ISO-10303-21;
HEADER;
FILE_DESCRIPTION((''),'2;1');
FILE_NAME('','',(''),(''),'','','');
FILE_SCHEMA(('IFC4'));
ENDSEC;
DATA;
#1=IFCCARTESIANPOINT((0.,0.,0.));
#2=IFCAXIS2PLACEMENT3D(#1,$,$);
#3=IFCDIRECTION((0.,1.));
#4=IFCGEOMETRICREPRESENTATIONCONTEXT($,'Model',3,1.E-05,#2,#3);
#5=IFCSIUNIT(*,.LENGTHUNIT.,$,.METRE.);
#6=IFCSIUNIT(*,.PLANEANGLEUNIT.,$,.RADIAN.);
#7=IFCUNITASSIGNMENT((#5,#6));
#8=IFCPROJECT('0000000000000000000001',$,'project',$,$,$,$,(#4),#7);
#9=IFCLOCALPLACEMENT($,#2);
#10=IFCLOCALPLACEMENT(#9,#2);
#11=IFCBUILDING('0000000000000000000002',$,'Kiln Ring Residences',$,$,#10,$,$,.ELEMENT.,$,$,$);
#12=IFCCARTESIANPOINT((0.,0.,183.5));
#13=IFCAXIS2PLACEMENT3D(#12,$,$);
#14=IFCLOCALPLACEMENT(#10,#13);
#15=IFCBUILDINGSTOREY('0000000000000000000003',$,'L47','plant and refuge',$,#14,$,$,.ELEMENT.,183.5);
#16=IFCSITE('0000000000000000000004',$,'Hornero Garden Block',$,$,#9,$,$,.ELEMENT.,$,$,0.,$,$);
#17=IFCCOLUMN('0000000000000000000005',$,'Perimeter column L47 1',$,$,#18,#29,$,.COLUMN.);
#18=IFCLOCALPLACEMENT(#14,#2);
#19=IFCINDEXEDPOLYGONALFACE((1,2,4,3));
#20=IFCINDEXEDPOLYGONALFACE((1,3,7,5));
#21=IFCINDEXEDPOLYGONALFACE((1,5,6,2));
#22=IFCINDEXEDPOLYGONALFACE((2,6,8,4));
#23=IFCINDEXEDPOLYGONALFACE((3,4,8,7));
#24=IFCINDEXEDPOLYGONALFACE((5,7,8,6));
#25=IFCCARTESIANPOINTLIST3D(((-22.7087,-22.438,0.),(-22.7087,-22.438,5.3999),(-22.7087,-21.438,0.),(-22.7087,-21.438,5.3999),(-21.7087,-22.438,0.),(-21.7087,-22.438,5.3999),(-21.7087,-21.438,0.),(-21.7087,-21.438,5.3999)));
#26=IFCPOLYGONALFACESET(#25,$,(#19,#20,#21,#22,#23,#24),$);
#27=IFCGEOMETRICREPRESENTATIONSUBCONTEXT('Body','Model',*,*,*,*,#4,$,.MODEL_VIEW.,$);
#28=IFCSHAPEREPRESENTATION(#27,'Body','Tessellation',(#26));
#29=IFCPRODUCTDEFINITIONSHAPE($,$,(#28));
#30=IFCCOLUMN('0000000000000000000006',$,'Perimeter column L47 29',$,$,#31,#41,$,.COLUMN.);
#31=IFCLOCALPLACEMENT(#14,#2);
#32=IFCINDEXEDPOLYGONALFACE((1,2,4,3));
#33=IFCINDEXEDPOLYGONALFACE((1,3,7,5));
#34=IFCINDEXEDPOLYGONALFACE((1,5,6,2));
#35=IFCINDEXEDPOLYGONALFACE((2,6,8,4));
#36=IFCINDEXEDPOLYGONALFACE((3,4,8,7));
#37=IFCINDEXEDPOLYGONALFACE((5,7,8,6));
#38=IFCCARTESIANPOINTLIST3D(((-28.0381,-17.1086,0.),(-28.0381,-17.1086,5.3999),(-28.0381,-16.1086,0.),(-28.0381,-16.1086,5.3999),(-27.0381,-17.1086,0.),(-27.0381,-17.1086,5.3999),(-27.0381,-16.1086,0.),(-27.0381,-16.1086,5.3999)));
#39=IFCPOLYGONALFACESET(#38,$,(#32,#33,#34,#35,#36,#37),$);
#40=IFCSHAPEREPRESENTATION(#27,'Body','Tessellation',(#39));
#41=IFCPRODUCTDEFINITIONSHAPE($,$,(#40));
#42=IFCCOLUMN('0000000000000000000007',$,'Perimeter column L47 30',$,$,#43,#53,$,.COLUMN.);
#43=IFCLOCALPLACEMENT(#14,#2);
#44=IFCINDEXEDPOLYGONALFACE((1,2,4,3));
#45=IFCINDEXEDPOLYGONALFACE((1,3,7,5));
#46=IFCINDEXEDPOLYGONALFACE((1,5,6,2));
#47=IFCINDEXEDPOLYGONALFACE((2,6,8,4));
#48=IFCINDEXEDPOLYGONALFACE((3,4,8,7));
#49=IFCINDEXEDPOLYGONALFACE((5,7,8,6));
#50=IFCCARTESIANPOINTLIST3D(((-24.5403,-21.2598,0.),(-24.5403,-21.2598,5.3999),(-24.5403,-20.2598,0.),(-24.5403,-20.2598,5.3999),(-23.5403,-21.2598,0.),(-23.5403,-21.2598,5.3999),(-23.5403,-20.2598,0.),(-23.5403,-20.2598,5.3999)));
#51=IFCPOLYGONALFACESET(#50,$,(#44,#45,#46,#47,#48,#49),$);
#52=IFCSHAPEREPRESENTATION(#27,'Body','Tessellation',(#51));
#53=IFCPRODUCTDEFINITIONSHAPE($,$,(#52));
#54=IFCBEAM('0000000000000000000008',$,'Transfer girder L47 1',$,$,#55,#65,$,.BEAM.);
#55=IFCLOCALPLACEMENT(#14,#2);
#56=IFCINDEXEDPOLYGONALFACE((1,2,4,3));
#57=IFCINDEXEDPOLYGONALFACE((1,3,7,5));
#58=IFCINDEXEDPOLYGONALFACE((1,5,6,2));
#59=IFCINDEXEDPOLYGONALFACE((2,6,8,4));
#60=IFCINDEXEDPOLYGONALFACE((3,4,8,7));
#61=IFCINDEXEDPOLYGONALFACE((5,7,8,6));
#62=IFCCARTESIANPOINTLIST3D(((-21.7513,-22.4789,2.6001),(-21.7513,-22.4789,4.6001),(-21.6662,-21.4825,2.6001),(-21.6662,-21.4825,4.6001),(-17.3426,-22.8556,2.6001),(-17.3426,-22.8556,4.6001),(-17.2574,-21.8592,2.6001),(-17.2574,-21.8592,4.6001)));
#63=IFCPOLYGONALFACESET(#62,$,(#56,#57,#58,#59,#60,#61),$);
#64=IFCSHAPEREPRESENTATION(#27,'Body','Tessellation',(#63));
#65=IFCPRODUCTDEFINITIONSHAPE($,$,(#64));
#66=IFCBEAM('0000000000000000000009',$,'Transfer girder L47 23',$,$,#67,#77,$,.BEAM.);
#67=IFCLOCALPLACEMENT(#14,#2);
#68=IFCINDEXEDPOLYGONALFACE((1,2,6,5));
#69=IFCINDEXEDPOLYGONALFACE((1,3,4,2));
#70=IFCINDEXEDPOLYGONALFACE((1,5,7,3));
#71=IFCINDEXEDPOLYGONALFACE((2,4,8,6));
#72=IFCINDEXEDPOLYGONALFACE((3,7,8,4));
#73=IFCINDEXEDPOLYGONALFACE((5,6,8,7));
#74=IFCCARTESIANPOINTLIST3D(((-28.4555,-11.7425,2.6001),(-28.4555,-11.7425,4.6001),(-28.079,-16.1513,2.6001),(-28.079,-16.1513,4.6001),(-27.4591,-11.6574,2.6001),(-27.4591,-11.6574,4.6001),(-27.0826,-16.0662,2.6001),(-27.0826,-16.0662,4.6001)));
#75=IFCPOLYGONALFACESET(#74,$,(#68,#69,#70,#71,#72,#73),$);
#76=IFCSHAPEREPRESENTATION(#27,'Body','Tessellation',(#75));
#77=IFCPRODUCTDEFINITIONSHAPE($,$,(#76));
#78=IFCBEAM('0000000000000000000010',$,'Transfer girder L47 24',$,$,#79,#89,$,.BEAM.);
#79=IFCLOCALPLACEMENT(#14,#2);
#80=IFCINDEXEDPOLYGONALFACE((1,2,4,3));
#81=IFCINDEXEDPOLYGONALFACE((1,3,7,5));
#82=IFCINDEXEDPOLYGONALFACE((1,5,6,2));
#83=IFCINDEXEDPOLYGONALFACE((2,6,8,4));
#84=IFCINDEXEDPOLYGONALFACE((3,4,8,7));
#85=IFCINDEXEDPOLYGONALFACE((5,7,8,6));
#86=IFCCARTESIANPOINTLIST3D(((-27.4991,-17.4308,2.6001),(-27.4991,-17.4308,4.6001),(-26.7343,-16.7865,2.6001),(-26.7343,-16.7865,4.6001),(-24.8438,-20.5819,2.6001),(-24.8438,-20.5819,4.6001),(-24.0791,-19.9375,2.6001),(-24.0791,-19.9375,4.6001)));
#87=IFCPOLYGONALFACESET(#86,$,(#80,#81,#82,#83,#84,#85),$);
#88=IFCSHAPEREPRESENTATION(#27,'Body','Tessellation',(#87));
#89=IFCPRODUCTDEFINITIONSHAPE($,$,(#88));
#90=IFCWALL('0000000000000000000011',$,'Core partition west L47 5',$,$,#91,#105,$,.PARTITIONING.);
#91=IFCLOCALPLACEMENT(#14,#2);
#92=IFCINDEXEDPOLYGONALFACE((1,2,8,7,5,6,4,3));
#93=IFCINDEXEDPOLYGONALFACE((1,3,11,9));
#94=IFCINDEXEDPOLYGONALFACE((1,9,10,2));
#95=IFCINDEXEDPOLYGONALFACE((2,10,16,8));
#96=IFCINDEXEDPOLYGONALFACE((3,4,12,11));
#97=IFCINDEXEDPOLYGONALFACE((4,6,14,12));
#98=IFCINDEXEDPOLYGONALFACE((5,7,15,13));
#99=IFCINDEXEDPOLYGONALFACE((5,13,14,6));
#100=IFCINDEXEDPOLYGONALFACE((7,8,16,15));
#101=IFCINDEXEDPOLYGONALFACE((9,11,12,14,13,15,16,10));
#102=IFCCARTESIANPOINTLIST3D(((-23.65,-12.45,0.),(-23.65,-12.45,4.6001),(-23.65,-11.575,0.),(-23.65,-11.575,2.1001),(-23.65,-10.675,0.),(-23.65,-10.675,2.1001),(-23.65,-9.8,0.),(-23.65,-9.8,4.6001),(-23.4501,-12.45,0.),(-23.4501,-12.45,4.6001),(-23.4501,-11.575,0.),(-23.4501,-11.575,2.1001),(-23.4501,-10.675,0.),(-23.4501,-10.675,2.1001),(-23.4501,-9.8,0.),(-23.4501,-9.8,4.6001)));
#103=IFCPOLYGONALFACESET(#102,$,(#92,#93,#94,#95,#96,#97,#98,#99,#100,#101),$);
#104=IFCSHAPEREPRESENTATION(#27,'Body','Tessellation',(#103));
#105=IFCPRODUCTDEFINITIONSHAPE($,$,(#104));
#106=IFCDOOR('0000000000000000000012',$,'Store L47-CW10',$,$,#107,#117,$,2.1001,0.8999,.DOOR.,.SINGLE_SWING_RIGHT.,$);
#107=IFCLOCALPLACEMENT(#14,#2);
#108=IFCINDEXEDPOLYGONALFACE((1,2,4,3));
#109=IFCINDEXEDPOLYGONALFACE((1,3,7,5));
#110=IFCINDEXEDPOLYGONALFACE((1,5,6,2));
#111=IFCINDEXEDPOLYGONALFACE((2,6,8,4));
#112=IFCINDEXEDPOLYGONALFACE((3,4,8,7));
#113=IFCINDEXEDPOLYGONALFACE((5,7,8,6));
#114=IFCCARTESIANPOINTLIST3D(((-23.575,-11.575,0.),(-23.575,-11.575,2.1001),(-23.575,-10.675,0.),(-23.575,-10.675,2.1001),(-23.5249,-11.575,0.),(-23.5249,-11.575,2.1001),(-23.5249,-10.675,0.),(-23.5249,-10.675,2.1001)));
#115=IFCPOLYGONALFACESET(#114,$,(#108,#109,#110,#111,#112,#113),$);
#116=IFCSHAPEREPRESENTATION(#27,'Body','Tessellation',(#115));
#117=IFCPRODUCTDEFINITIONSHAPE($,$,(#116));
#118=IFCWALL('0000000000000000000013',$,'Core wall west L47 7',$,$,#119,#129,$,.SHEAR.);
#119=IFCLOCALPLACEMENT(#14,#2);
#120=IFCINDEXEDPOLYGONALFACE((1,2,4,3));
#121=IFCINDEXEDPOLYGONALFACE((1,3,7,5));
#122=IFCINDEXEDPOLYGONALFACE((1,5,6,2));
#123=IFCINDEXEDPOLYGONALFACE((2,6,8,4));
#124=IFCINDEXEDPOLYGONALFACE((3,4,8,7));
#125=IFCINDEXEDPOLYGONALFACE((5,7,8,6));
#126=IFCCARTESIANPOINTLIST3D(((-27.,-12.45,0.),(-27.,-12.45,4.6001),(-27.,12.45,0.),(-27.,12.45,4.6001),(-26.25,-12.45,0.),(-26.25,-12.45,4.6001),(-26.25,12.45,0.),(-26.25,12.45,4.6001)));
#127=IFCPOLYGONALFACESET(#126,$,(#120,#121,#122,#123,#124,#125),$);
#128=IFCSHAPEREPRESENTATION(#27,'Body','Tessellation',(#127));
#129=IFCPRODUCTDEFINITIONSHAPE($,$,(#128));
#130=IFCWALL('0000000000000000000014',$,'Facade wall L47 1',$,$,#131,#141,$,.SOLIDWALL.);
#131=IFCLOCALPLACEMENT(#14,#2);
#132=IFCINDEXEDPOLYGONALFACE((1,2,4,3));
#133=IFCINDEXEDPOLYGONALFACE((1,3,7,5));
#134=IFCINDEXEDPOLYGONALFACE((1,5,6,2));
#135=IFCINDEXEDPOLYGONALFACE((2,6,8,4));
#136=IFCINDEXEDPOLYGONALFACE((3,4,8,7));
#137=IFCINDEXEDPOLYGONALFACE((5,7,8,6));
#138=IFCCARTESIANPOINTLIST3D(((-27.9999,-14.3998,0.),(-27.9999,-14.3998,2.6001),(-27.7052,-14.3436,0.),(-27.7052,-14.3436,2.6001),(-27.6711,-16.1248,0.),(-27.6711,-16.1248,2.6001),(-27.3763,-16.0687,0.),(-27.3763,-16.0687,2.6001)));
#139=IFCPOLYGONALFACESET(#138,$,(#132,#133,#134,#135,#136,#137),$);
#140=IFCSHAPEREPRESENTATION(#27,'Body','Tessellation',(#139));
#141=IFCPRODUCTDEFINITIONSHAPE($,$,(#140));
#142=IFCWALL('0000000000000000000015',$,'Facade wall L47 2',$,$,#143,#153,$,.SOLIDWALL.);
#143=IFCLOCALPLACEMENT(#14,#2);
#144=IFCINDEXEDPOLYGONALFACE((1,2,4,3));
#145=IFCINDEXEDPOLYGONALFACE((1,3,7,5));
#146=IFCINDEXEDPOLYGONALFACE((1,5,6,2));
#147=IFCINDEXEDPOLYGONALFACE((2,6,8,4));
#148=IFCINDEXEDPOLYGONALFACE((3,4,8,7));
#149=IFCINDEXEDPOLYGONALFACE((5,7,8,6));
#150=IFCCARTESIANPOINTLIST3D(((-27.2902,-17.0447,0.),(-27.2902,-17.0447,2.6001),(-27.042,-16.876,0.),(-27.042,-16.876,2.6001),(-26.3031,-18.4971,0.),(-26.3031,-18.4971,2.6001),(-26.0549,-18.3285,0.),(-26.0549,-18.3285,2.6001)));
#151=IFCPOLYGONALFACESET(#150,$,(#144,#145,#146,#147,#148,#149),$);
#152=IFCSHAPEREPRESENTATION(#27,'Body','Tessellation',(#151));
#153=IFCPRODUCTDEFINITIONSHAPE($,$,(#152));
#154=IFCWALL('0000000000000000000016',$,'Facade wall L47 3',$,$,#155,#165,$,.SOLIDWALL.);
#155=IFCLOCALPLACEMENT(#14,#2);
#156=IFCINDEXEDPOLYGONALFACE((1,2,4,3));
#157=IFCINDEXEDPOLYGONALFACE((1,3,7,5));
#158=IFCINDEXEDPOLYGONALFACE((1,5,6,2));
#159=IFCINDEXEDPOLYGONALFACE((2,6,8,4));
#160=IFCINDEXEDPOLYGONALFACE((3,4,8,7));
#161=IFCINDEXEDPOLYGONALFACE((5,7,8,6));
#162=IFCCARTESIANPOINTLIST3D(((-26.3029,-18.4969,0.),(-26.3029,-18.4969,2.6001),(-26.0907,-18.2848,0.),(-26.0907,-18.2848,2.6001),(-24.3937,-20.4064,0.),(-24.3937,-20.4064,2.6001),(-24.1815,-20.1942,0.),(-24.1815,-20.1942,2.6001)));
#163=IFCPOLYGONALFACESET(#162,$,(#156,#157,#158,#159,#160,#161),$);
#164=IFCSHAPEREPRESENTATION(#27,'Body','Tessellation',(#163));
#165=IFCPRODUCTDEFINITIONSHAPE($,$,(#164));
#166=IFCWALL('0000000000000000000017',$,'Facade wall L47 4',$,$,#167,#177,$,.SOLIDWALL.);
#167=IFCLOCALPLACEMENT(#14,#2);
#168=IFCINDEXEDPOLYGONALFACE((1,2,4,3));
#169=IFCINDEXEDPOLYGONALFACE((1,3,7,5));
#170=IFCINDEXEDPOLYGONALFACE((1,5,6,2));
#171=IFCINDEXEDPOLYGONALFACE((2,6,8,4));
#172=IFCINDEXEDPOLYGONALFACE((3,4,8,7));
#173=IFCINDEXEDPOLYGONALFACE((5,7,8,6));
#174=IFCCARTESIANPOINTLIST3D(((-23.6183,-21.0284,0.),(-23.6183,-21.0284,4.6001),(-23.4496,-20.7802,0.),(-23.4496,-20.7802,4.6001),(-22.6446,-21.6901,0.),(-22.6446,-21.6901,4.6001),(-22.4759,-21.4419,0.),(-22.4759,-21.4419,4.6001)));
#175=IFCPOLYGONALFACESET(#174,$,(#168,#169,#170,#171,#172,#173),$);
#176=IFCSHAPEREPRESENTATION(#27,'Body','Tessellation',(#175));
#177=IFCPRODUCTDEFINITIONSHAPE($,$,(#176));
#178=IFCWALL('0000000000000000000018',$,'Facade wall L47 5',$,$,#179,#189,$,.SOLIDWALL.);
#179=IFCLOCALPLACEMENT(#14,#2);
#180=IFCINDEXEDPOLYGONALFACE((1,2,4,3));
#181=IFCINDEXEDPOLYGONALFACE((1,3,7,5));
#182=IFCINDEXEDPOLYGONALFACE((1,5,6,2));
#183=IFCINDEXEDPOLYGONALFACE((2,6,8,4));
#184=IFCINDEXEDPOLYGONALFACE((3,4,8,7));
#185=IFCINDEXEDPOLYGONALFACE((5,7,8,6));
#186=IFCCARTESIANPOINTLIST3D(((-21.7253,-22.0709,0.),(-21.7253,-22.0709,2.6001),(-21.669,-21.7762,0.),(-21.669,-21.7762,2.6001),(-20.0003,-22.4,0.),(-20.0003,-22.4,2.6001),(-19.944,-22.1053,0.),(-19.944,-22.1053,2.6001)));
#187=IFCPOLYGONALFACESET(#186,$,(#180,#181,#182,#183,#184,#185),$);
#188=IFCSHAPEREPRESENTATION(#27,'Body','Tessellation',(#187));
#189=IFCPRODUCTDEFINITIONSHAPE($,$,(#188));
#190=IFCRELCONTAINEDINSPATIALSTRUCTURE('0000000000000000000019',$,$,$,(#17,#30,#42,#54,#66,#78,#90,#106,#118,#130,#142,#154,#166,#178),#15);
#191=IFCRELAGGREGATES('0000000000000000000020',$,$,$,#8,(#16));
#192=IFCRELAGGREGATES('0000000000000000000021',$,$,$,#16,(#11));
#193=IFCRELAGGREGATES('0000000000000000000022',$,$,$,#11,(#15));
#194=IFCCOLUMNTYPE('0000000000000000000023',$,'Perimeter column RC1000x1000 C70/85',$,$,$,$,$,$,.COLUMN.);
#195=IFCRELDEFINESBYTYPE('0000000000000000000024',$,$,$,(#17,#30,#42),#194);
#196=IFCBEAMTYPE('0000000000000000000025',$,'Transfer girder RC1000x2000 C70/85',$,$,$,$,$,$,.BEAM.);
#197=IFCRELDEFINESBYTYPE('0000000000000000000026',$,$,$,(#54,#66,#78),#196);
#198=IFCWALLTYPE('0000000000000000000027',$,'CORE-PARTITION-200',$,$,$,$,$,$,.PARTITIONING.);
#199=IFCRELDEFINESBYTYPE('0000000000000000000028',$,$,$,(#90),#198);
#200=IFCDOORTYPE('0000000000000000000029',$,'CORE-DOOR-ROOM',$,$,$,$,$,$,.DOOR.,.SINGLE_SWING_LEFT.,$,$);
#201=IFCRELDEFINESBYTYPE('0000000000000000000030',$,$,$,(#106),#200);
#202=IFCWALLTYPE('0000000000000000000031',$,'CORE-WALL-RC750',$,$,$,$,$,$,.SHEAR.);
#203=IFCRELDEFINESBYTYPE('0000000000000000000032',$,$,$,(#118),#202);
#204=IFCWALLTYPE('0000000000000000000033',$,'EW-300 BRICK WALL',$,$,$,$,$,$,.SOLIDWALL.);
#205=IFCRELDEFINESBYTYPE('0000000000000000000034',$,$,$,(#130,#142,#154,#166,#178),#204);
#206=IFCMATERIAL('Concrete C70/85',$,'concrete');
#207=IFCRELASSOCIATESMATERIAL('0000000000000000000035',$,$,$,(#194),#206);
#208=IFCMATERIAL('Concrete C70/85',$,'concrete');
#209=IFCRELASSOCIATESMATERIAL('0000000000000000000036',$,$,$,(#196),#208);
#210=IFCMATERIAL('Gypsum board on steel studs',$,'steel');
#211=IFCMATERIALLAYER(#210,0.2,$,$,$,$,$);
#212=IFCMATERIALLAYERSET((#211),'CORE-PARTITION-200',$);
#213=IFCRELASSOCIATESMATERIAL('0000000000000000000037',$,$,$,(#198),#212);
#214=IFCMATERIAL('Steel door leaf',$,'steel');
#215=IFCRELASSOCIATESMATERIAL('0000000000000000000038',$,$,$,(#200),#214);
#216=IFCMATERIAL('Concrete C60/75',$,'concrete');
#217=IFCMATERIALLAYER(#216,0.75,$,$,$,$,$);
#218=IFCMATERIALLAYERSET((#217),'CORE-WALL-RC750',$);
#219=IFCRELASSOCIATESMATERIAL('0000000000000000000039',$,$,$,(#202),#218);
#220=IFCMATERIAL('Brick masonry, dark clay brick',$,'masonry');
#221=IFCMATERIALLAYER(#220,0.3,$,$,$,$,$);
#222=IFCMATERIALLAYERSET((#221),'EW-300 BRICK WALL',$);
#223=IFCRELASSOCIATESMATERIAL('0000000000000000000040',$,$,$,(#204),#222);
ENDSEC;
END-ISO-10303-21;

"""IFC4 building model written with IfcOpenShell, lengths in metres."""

from ifc_helpers import new_model, si_unit, direction, frame, frame_2d, origin, origin_2d, place, context, subcontext, project, spatial, rectangle, extrude, material, layer, layer_set, material_profile, profile_set, type_object, element, fill, save


model = new_model("IFC4")

# Units and contexts
model_context = context("Model", 3, precision=1e-05, world=origin(), true_north=direction((0.0, 1.0)))
body_context = subcontext(model_context, "Body", "Model", "MODEL_VIEW")
ifc_project = project(units=[si_unit("LENGTHUNIT", "METRE"), si_unit("PLANEANGLEUNIT", "RADIAN")], contexts=[model_context])

# Site, building, storey
site_placement = place(None, origin())
site = spatial("IfcSite", under=ifc_project, at=site_placement, Name="Hornero Garden Block", CompositionType="ELEMENT", RefElevation=0.0)
building_placement = place(site_placement, origin())
building = spatial("IfcBuilding", under=site, at=building_placement, Name="Kiln Ring Residences", CompositionType="ELEMENT")
storey_placement = place(building_placement, frame((0.0, 0.0, 183.5)))
storey = spatial("IfcBuildingStorey", under=building, at=storey_placement, Name="L47", Description="plant and refuge", CompositionType="ELEMENT", Elevation=183.5)

# Columns
ifc_material_1 = material(Name="Concrete C70/85", Category="concrete")
ifc_material_profile_1 = material_profile(ifc_material_1, rectangle(XDim=1.0, YDim=1.0, at=origin_2d()), Name="RC1000x1000")
ifc_profile_set_1 = profile_set([ifc_material_profile_1], Name="Concrete C70/85")
column_type = type_object("IfcColumnType", Name="Perimeter column RC1000x1000 C70/85", PredefinedType="COLUMN", material=ifc_profile_set_1)
for number, where, z_axis, x_axis, name in (
    (1, (-22.2087, -21.938, 0.0), (0.0, 0.0, 1.0), (1.0, 0.0, 0.0), "Perimeter column L47 1"),
    (2, (-27.5381, -16.6086, 0.0), (0.0, 0.0, 1.0), (1.0, 0.0, 0.0), "Perimeter column L47 29"),
    (3, (-24.0403, -20.7598, 0.0), (0.0, 0.0, 1.0), (1.0, 0.0, 0.0), "Perimeter column L47 30"),
):
    element("IfcColumn", number, at=place(storey_placement, frame(where, z_axis=z_axis, x_axis=x_axis)), inside=storey, type_object=column_type, Name=name, PredefinedType="COLUMN", context=body_context, shape_type="SweptSolid", body=[
        extrude(rectangle(XDim=1.0, YDim=1.0, at=origin_2d()), origin(), (0.0, 0.0, 1.0), 5.3999),
    ])

# Beams
ifc_material_2 = material(Name="Concrete C70/85", Category="concrete")
ifc_material_profile_2 = material_profile(ifc_material_2, rectangle(XDim=1.0, YDim=2.0, at=origin_2d()), Name="RC1000x2000")
ifc_profile_set_2 = profile_set([ifc_material_profile_2], Name="Concrete C70/85")
beam_type = type_object("IfcBeamType", Name="Transfer girder RC1000x2000 C70/85", PredefinedType="BEAM", material=ifc_profile_set_2)
for number, where, z_axis, x_axis, name in (
    (4, (-21.7087, -21.9807, 3.6001), (0.996369, -0.085137, 0.0), (0.085137, 0.996369, 0.0), "Transfer girder L47 1"),
    (5, (-27.9573, -11.7, 3.6001), (0.085082, -0.996374, 0.0), (0.996374, 0.085082, 0.0), "Transfer girder L47 23"),
):
    element("IfcBeam", number, at=place(storey_placement, frame(where, z_axis=z_axis, x_axis=x_axis)), inside=storey, type_object=beam_type, Name=name, PredefinedType="BEAM", context=body_context, shape_type="SweptSolid", body=[
        extrude(rectangle(XDim=1.0, YDim=2.0, at=origin_2d()), origin(), (0.0, 0.0, 1.0), 4.4248),
    ])
beam_placement = place(storey_placement, frame((-27.1167, -17.1086, 3.6001), z_axis=(0.644377, -0.764708, 0.0), x_axis=(0.764708, 0.644377, 0.0)))
element("IfcBeam", 6, at=beam_placement, inside=storey, type_object=beam_type, Name="Transfer girder L47 24", PredefinedType="BEAM", context=body_context, shape_type="SweptSolid", body=[
    extrude(rectangle(XDim=1.0, YDim=2.0, at=origin_2d()), origin(), (0.0, 0.0, 1.0), 4.1206),
])

# Wall, opening, door
ifc_material_3 = material(Name="Gypsum board on steel studs", Category="steel")
ifc_layer_1 = layer(ifc_material_3, 0.2)
ifc_layer_set_1 = layer_set([ifc_layer_1], Name="CORE-PARTITION-200")
wall_type_1 = type_object("IfcWallType", Name="CORE-PARTITION-200", PredefinedType="PARTITIONING", material=ifc_layer_set_1)
wall_1_placement = place(storey_placement, frame((-23.55, -12.45, 0.0), z_axis=(0.0, 0.0, 1.0), x_axis=(0.0, 1.0, 0.0)))
wall_1 = element("IfcWall", 7, at=wall_1_placement, inside=storey, type_object=wall_type_1, Name="Core partition west L47 5", PredefinedType="PARTITIONING", context=body_context, shape_type="SweptSolid", body=[
    extrude(rectangle(XDim=2.6499, YDim=0.2, at=frame_2d((1.325, 0.0))), origin(), (0.0, 0.0, 1.0), 4.6001),
])
opening_1_placement = place(wall_1_placement, frame((0.875, 0.0, 0.0)))
opening_1 = element("IfcOpeningElement", 8, at=opening_1_placement, cuts=wall_1, PredefinedType="OPENING", context=body_context, shape_type="SweptSolid", body=[
    extrude(rectangle(XDim=0.8999, YDim=2.1001, at=frame_2d((0.45, 1.05))), frame((0.0, 0.1099, 0.0), z_axis=(0.0, -1.0, 0.0), x_axis=(1.0, 0.0, 0.0)), (0.0, 0.0, 1.0), 0.22),
])
ifc_material_4 = material(Name="Steel door leaf", Category="steel")
door_type_1 = type_object("IfcDoorType", Name="CORE-DOOR-ROOM", OperationType="SINGLE_SWING_LEFT", PredefinedType="DOOR", material=ifc_material_4)
door_1_placement = place(opening_1_placement, origin())
door_1 = element("IfcDoor", 9, at=door_1_placement, inside=storey, type_object=door_type_1, Name="Store L47-CW10", OperationType="SINGLE_SWING_RIGHT", OverallHeight=2.1001, OverallWidth=0.8999, PredefinedType="DOOR", context=body_context, shape_type="SweptSolid", body=[
    extrude(rectangle(XDim=0.8999, YDim=2.1001, at=frame_2d((0.45, 1.05))), frame((0.0, 0.0249, 0.0), z_axis=(0.0, -1.0, 0.0), x_axis=(1.0, 0.0, 0.0)), (0.0, 0.0, 1.0), 0.05),
])
fill(opening_1, door_1)

# Walls
ifc_material_5 = material(Name="Concrete C60/75", Category="concrete")
ifc_layer_2 = layer(ifc_material_5, 0.75)
ifc_layer_set_2 = layer_set([ifc_layer_2], Name="CORE-WALL-RC750")
wall_type_2 = type_object("IfcWallType", Name="CORE-WALL-RC750", PredefinedType="SHEAR", material=ifc_layer_set_2)
wall_2_placement = place(storey_placement, frame((-26.625, -12.45, 0.0), z_axis=(0.0, 0.0, 1.0), x_axis=(0.0, 1.0, 0.0)))
element("IfcWall", 10, at=wall_2_placement, inside=storey, type_object=wall_type_2, Name="Core wall west L47 7", PredefinedType="SHEAR", context=body_context, shape_type="SweptSolid", body=[
    extrude(rectangle(XDim=24.8999, YDim=0.75, at=frame_2d((12.45, 0.0))), origin(), (0.0, 0.0, 1.0), 4.6001),
])
ifc_material_6 = material(Name="Brick masonry, dark clay brick", Category="masonry")
ifc_layer_3 = layer(ifc_material_6, 0.3)
ifc_layer_set_3 = layer_set([ifc_layer_3], Name="EW-300 BRICK WALL")
wall_type_3 = type_object("IfcWallType", Name="EW-300 BRICK WALL", PredefinedType="SOLIDWALL", material=ifc_layer_set_3)
for number, where, z_axis, x_axis, name in (
    (11, (-27.8525, -14.3718, 0.0), (0.0, 0.0, 1.0), (0.187259, -0.982311, 0.0), "Facade wall L47 1"),
    (12, (-27.166, -16.9604, 0.0), (0.0, 0.0, 1.0), (0.562089, -0.827076, 0.0), "Facade wall L47 2"),
):
    element("IfcWall", number, at=place(storey_placement, frame(where, z_axis=z_axis, x_axis=x_axis)), inside=storey, type_object=wall_type_3, Name=name, PredefinedType="SOLIDWALL", context=body_context, shape_type="SweptSolid", body=[
        extrude(rectangle(XDim=1.7561, YDim=0.3, at=frame_2d((0.8779, 0.0))), origin(), (0.0, 0.0, 1.0), 2.6001),
    ])
wall_3_placement = place(storey_placement, frame((-26.1968, -18.3909, 0.0), z_axis=(0.0, 0.0, 1.0), x_axis=(0.707062, -0.707152, 0.0)))
element("IfcWall", 13, at=wall_3_placement, inside=storey, type_object=wall_type_3, Name="Facade wall L47 3", PredefinedType="SOLIDWALL", context=body_context, shape_type="SweptSolid", body=[
    extrude(rectangle(XDim=2.7002, YDim=0.3, at=frame_2d((1.3501, 0.0))), origin(), (0.0, 0.0, 1.0), 2.6001),
])
wall_4_placement = place(storey_placement, frame((-23.5339, -20.9043, 0.0), z_axis=(0.0, 0.0, 1.0), x_axis=(0.827104, -0.562049, 0.0)))
element("IfcWall", 14, at=wall_4_placement, inside=storey, type_object=wall_type_3, Name="Facade wall L47 4", PredefinedType="SOLIDWALL", context=body_context, shape_type="SweptSolid", body=[
    extrude(rectangle(XDim=1.1772, YDim=0.3, at=frame_2d((0.5886, 0.0))), origin(), (0.0, 0.0, 1.0), 4.6001),
])
wall_5_placement = place(storey_placement, frame((-21.697, -21.9236, 0.0), z_axis=(0.0, 0.0, 1.0), x_axis=(0.982285, -0.187393, 0.0)))
element("IfcWall", 15, at=wall_5_placement, inside=storey, type_object=wall_type_3, Name="Facade wall L47 5", PredefinedType="SOLIDWALL", context=body_context, shape_type="SweptSolid", body=[
    extrude(rectangle(XDim=1.7561, YDim=0.3, at=frame_2d((0.8779, 0.0))), origin(), (0.0, 0.0, 1.0), 2.6001),
])

save(model, "model.ifc")
